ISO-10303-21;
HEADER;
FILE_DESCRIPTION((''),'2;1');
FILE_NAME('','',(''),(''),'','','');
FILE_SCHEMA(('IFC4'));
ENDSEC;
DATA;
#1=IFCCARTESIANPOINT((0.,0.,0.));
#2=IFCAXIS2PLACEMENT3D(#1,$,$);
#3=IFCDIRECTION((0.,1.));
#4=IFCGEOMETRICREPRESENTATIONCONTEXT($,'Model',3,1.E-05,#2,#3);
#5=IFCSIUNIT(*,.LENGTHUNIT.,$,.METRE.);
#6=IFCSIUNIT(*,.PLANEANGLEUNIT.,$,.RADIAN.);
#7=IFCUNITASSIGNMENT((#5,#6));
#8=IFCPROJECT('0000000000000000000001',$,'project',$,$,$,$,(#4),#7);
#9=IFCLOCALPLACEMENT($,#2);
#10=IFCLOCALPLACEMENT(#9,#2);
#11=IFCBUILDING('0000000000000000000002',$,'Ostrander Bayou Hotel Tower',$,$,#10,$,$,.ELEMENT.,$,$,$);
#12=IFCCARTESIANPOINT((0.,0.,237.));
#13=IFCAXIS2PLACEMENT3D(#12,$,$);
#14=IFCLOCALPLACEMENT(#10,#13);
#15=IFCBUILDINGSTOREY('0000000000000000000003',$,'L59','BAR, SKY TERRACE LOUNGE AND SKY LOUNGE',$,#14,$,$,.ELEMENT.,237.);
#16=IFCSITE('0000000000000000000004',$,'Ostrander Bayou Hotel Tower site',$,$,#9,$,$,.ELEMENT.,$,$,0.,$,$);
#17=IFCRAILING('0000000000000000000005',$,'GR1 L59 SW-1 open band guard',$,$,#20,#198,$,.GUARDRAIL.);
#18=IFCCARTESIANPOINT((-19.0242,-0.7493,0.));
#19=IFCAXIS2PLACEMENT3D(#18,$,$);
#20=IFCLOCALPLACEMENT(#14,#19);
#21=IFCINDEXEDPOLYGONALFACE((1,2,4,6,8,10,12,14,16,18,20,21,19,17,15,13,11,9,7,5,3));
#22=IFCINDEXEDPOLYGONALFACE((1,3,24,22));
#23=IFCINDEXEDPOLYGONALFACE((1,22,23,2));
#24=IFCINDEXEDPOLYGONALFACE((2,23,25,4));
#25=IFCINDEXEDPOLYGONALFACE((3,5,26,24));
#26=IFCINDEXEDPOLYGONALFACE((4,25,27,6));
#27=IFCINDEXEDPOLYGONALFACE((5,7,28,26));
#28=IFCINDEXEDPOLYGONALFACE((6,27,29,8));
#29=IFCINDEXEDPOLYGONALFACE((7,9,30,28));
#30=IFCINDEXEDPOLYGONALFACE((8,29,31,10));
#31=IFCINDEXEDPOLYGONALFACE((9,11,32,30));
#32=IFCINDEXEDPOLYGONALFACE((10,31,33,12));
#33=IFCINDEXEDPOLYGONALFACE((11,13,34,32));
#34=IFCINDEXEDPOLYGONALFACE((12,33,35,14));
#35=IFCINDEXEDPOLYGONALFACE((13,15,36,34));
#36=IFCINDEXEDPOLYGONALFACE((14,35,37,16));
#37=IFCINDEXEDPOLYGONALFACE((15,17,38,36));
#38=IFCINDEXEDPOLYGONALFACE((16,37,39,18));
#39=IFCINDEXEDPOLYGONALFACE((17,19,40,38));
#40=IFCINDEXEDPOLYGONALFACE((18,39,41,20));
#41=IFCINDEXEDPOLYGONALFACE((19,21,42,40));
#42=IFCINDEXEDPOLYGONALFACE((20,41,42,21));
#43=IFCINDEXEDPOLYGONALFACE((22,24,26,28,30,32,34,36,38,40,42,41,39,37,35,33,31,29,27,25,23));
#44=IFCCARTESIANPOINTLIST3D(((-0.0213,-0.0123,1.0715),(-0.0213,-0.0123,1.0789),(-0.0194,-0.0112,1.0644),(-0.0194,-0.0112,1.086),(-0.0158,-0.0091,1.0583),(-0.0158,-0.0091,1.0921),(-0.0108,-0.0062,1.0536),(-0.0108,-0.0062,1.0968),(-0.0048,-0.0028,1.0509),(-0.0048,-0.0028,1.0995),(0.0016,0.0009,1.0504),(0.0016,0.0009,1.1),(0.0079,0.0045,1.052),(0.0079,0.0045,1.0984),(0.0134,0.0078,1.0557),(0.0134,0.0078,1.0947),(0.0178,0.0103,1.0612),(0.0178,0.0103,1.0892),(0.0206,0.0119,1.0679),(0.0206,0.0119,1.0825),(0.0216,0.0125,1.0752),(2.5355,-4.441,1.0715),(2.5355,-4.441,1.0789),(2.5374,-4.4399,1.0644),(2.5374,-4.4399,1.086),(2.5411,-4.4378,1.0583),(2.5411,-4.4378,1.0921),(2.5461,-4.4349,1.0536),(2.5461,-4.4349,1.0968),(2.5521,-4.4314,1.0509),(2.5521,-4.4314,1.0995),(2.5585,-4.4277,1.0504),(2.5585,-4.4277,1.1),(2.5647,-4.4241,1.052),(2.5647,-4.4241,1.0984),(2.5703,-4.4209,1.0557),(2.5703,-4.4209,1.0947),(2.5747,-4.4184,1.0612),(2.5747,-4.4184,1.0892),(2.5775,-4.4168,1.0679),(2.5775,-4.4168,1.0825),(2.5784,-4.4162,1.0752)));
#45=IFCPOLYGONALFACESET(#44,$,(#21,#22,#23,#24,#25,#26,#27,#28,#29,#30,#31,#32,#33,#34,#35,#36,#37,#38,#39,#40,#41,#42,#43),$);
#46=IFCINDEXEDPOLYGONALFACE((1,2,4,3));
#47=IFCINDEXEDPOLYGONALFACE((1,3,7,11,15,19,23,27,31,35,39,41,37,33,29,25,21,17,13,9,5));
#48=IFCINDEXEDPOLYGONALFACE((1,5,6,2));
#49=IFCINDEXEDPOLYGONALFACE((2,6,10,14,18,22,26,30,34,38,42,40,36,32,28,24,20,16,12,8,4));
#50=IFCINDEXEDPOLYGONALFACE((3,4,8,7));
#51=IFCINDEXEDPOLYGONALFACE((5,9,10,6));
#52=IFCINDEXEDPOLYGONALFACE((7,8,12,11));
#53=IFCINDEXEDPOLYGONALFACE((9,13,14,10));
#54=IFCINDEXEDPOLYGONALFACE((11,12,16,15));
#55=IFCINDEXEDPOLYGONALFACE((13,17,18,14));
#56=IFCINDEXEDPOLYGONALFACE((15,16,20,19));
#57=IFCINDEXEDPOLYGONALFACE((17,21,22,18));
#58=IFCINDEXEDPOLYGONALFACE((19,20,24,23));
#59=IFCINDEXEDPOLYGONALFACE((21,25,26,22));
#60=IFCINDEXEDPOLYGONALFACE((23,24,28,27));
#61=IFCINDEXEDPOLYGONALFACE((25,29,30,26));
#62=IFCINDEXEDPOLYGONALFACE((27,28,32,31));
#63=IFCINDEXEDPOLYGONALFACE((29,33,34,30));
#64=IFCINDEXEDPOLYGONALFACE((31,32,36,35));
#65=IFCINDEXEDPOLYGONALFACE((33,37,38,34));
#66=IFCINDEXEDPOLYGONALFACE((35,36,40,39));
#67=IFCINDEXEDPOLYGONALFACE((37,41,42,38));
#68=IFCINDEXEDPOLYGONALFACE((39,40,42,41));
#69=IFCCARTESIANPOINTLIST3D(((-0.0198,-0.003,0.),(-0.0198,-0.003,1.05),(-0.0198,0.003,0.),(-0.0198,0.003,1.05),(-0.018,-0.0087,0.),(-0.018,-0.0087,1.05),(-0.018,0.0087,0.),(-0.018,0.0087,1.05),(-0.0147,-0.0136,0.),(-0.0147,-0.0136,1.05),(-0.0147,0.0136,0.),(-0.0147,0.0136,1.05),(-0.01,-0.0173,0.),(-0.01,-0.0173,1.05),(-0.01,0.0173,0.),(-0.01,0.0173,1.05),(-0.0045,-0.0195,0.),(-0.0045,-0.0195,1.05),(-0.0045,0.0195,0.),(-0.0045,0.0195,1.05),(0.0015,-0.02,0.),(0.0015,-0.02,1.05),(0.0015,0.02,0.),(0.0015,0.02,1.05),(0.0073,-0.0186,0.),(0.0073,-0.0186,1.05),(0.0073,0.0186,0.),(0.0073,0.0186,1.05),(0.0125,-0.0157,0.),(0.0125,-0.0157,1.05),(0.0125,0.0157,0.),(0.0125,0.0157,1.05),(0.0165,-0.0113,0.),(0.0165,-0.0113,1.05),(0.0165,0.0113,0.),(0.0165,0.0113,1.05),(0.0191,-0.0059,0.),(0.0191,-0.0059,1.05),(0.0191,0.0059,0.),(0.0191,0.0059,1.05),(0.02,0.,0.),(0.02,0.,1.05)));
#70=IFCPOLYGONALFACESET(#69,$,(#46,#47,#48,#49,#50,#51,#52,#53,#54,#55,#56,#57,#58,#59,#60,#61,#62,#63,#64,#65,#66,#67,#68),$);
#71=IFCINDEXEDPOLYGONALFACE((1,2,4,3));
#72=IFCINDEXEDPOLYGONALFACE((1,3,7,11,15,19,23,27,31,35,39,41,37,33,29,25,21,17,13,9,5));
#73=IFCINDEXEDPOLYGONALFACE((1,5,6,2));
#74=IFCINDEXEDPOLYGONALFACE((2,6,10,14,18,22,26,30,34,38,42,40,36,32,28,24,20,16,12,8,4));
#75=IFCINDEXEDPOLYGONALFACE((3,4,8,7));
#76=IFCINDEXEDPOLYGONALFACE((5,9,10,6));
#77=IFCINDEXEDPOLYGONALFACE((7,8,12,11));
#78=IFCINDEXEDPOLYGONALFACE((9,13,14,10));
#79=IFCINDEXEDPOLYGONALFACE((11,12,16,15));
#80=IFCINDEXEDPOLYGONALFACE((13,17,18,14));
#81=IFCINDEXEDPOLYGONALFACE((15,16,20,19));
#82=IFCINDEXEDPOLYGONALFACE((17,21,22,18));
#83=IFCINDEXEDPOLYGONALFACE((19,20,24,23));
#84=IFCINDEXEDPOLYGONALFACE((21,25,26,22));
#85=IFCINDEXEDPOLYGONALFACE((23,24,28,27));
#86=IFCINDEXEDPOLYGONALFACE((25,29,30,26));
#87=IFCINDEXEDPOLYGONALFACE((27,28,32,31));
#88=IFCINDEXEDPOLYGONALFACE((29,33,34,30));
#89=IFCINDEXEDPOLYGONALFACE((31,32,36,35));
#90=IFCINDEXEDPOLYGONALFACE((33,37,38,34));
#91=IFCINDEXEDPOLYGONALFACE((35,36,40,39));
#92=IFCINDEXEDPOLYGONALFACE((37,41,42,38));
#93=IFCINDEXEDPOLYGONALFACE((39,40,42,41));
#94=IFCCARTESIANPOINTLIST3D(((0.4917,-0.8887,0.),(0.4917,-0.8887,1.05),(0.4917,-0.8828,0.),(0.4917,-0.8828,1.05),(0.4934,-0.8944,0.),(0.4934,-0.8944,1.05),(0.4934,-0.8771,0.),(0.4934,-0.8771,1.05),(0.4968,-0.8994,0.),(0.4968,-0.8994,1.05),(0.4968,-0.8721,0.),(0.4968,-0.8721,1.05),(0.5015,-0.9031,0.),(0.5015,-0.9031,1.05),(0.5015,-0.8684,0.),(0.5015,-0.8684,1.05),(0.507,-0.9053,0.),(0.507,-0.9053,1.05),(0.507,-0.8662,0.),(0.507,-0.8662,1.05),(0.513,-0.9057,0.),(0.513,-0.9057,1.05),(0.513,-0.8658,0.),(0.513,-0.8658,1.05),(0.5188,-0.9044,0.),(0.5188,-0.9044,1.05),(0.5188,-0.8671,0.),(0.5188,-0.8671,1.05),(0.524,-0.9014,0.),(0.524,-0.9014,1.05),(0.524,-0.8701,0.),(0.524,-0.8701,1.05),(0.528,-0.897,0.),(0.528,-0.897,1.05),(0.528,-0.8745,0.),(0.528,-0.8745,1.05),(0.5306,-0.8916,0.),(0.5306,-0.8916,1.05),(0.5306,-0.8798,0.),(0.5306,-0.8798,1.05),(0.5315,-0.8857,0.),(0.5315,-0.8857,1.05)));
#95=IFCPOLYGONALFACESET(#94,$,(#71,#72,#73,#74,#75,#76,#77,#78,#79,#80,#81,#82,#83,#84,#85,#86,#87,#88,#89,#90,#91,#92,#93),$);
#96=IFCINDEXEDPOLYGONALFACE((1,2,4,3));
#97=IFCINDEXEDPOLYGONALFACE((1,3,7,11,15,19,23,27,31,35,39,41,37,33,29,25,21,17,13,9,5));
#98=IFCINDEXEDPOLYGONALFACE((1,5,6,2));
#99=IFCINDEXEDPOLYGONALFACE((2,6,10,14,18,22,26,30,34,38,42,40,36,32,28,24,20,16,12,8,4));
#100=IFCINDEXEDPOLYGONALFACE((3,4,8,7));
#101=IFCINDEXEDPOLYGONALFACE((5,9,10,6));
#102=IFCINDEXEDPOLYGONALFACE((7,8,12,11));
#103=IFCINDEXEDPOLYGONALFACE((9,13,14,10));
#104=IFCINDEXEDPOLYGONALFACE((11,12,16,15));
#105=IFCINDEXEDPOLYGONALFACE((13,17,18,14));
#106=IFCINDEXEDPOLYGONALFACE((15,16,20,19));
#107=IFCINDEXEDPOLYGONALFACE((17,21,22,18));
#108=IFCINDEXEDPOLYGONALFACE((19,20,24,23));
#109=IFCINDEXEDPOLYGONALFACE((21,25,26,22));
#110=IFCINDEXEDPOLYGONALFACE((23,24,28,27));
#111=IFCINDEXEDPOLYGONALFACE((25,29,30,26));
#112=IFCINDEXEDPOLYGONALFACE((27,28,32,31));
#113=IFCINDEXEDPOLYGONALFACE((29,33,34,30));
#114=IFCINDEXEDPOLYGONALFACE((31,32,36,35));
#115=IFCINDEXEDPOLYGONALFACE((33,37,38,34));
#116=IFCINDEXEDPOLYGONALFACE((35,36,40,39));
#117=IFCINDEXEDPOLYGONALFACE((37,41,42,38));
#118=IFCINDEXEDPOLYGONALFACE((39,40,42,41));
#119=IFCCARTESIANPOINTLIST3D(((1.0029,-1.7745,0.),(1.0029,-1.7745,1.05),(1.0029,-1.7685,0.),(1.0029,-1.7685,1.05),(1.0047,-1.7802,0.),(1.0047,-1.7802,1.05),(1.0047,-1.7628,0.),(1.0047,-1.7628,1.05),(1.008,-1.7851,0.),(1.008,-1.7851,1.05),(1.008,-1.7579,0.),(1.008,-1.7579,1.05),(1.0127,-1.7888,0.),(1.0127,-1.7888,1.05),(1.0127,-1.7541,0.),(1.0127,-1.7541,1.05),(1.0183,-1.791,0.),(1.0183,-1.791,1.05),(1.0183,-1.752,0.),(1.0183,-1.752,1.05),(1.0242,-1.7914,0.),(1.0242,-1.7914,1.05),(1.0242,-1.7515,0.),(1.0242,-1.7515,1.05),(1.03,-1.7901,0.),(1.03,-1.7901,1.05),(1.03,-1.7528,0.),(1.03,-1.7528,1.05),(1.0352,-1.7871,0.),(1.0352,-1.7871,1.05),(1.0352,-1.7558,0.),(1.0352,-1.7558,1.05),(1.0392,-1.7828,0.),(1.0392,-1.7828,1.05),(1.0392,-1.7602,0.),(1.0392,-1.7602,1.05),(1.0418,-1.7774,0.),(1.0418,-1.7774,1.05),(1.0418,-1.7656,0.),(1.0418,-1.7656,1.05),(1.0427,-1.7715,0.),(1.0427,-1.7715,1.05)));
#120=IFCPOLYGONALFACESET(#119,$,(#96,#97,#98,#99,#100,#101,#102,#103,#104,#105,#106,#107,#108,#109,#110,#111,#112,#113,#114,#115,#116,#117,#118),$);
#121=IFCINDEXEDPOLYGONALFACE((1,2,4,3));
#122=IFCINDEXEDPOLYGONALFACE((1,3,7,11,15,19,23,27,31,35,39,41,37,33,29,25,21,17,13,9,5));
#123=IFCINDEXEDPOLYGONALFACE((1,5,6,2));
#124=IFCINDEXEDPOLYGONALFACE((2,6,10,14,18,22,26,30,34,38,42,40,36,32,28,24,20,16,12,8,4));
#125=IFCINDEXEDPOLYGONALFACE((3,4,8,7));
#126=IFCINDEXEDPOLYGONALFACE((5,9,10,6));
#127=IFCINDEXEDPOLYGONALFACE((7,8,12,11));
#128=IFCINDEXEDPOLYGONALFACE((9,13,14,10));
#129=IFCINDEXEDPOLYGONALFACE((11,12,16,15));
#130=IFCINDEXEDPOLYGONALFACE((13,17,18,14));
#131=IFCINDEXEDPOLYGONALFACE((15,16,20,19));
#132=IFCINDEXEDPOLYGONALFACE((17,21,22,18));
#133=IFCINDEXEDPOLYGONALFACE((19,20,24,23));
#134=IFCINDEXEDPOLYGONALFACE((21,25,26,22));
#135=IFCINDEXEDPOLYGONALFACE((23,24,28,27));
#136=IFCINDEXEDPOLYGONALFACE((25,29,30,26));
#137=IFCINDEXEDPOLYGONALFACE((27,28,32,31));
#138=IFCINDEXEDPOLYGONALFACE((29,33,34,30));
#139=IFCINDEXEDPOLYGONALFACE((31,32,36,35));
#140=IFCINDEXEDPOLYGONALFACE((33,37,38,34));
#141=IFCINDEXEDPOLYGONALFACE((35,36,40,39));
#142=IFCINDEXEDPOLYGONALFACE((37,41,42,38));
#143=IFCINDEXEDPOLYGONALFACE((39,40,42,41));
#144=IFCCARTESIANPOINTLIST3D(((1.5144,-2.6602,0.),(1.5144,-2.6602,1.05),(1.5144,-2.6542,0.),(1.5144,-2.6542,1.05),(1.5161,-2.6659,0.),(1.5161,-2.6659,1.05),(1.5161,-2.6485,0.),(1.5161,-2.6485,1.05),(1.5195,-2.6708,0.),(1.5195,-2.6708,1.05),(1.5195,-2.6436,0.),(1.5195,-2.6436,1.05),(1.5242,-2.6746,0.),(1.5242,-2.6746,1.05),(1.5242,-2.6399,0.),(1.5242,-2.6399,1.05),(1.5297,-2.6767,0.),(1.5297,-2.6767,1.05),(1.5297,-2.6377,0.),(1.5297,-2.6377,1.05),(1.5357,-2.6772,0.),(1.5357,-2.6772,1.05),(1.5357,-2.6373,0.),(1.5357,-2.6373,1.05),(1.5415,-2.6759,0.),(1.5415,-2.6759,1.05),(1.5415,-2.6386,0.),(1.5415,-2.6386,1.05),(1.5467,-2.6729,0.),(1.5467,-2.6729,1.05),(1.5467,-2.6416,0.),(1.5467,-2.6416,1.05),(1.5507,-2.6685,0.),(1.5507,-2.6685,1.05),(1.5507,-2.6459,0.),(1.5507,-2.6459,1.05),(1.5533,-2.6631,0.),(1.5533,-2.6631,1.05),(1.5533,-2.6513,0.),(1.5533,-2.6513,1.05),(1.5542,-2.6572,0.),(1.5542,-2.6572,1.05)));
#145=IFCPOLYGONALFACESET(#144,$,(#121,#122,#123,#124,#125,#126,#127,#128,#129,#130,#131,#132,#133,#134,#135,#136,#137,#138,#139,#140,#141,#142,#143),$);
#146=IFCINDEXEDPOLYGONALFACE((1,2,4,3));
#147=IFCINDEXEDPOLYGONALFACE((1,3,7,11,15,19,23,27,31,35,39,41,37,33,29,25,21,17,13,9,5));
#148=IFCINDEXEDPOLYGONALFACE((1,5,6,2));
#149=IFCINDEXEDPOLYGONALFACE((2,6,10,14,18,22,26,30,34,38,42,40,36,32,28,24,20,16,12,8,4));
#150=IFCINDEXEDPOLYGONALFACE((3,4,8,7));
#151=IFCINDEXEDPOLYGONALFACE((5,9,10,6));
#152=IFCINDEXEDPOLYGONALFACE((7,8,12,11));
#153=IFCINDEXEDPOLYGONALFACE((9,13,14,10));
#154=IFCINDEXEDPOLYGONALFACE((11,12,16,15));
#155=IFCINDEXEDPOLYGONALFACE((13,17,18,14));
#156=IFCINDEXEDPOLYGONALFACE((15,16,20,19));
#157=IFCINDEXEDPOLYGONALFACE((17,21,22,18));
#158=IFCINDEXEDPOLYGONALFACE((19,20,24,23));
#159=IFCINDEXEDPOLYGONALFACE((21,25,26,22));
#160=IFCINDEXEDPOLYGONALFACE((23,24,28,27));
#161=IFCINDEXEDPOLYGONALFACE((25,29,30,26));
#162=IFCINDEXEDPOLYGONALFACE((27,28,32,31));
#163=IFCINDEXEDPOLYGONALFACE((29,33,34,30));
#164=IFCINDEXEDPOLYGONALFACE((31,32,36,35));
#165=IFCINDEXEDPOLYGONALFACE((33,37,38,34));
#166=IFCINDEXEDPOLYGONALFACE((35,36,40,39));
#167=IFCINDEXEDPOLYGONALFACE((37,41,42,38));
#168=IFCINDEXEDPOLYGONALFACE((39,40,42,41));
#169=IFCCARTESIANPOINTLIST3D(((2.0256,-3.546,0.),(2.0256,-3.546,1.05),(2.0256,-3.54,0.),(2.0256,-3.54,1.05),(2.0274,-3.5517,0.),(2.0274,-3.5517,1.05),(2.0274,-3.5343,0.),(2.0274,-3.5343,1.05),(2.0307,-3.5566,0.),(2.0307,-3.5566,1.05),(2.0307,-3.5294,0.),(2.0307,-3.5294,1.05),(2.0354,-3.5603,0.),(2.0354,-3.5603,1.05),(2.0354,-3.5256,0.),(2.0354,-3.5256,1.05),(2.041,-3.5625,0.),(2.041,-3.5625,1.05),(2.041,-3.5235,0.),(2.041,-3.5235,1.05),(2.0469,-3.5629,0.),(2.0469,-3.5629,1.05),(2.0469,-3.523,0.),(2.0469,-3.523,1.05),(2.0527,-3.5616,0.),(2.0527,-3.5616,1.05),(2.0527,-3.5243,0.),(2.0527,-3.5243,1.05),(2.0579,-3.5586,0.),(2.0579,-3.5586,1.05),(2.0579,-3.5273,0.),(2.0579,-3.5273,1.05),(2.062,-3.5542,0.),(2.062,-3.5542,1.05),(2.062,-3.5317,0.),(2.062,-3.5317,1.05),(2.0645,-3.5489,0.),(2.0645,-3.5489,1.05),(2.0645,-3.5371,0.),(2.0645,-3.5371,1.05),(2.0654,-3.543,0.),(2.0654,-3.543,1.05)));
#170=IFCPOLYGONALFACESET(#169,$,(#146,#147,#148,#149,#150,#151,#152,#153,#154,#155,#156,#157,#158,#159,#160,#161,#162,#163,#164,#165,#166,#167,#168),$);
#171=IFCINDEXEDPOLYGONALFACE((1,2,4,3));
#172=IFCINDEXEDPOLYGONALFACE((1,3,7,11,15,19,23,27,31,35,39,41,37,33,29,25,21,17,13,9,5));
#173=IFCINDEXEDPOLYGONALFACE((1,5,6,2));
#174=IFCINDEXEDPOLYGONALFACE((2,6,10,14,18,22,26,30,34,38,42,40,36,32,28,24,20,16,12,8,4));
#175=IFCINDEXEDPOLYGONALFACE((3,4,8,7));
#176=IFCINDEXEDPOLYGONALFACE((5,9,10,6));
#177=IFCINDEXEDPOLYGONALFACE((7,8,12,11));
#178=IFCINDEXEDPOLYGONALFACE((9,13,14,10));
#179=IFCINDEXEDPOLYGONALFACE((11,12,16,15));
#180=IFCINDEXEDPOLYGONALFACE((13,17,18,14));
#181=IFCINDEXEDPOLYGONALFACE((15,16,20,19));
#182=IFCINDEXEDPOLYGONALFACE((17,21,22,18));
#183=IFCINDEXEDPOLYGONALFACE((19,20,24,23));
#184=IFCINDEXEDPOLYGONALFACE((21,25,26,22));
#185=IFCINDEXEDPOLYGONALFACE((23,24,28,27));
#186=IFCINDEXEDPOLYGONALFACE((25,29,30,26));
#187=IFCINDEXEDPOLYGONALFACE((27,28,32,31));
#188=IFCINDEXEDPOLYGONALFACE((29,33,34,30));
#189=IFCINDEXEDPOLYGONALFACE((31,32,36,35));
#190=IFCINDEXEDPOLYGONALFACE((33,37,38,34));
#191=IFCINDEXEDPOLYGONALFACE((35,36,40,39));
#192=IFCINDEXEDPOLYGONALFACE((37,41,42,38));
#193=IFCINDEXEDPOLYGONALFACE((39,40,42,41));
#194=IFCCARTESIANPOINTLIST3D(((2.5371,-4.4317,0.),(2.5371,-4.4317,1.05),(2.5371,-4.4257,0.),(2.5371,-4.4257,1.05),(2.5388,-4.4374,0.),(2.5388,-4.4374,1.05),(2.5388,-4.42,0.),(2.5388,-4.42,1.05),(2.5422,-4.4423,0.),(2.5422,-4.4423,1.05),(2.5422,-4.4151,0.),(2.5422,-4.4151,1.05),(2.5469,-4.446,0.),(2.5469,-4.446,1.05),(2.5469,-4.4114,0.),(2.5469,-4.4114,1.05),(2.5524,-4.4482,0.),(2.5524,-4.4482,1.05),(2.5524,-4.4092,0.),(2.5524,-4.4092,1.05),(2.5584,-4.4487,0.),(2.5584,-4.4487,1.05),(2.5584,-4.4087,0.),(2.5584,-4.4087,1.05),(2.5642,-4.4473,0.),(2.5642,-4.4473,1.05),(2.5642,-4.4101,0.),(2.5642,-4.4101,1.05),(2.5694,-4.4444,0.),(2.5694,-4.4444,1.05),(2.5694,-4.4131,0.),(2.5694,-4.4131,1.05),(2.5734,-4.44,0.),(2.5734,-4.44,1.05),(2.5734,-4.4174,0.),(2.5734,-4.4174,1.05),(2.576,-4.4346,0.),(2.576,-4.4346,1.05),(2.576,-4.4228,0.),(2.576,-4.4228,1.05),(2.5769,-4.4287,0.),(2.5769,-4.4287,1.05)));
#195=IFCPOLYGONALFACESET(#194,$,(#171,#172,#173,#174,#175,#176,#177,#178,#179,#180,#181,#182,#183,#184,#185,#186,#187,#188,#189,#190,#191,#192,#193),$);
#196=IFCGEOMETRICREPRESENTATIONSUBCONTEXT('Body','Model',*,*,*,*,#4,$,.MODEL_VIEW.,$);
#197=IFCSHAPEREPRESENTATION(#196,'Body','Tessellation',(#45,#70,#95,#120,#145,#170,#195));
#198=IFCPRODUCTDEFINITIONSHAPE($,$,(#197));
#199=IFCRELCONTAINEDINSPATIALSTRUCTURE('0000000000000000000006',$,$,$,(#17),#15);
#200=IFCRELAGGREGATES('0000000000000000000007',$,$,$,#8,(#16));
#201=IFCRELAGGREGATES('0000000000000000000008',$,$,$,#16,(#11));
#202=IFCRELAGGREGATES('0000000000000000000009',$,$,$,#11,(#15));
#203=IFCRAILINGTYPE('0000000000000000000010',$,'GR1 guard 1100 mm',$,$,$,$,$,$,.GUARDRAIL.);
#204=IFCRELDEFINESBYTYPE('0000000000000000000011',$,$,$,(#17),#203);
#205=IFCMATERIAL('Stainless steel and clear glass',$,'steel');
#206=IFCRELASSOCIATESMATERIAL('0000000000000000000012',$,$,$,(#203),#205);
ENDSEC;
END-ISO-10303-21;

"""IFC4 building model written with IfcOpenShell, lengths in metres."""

from ifc_helpers import new_model, si_unit, direction, frame, origin, origin_2d, place, context, subcontext, project, spatial, circle, extrude, material, type_object, element, save


model = new_model("IFC4")

# Units and contexts
model_context = context("Model", 3, precision=1e-05, world=origin(), true_north=direction((0.0, 1.0)))
body_context = subcontext(model_context, "Body", "Model", "MODEL_VIEW")
ifc_project = project(units=[si_unit("LENGTHUNIT", "METRE"), si_unit("PLANEANGLEUNIT", "RADIAN")], contexts=[model_context])

# Site, building, storey
site_placement = place(None, origin())
site = spatial("IfcSite", under=ifc_project, at=site_placement, Name="Ostrander Bayou Hotel Tower site", CompositionType="ELEMENT", RefElevation=0.0)
building_placement = place(site_placement, origin())
building = spatial("IfcBuilding", under=site, at=building_placement, Name="Ostrander Bayou Hotel Tower", CompositionType="ELEMENT")
storey_placement = place(building_placement, frame((0.0, 0.0, 237.0)))
storey = spatial("IfcBuildingStorey", under=building, at=storey_placement, Name="L59", Description="BAR, SKY TERRACE LOUNGE AND SKY LOUNGE", CompositionType="ELEMENT", Elevation=237.0)

# Railing
ifc_material_1 = material(Name="Stainless steel and clear glass", Category="steel")
railing_type_1 = type_object("IfcRailingType", Name="GR1 guard 1100 mm", PredefinedType="GUARDRAIL", material=ifc_material_1)
railing_1_placement = place(storey_placement, frame((-19.0242, -0.7493, 0.0)))
element("IfcRailing", 1, at=railing_1_placement, inside=storey, type_object=railing_type_1, Name="GR1 L59 SW-1 open band guard", PredefinedType="GUARDRAIL", context=body_context, shape_type="SweptSolid", body=[
    extrude(circle(Radius=0.0249, at=origin_2d()), frame((0.0, 0.0, 1.0752), z_axis=(0.499995, -0.866028, 0.0), x_axis=(0.866028, 0.499995, 0.0)), (0.0, 0.0, 1.0), 5.1138),
    extrude(circle(Radius=0.02, at=origin_2d()), origin(), (0.0, 0.0, 1.0), 1.05),
    extrude(circle(Radius=0.02, at=origin_2d()), frame((0.5115, -0.8857, 0.0)), (0.0, 0.0, 1.0), 1.05),
    extrude(circle(Radius=0.02, at=origin_2d()), frame((1.0227, -1.7715, 0.0)), (0.0, 0.0, 1.0), 1.05),
    extrude(circle(Radius=0.02, at=origin_2d()), frame((1.5342, -2.6572, 0.0)), (0.0, 0.0, 1.0), 1.05),
    extrude(circle(Radius=0.02, at=origin_2d()), frame((2.0454, -3.543, 0.0)), (0.0, 0.0, 1.0), 1.05),
    extrude(circle(Radius=0.02, at=origin_2d()), frame((2.5569, -4.4287, 0.0)), (0.0, 0.0, 1.0), 1.05),
])

save(model, "model.ifc")
